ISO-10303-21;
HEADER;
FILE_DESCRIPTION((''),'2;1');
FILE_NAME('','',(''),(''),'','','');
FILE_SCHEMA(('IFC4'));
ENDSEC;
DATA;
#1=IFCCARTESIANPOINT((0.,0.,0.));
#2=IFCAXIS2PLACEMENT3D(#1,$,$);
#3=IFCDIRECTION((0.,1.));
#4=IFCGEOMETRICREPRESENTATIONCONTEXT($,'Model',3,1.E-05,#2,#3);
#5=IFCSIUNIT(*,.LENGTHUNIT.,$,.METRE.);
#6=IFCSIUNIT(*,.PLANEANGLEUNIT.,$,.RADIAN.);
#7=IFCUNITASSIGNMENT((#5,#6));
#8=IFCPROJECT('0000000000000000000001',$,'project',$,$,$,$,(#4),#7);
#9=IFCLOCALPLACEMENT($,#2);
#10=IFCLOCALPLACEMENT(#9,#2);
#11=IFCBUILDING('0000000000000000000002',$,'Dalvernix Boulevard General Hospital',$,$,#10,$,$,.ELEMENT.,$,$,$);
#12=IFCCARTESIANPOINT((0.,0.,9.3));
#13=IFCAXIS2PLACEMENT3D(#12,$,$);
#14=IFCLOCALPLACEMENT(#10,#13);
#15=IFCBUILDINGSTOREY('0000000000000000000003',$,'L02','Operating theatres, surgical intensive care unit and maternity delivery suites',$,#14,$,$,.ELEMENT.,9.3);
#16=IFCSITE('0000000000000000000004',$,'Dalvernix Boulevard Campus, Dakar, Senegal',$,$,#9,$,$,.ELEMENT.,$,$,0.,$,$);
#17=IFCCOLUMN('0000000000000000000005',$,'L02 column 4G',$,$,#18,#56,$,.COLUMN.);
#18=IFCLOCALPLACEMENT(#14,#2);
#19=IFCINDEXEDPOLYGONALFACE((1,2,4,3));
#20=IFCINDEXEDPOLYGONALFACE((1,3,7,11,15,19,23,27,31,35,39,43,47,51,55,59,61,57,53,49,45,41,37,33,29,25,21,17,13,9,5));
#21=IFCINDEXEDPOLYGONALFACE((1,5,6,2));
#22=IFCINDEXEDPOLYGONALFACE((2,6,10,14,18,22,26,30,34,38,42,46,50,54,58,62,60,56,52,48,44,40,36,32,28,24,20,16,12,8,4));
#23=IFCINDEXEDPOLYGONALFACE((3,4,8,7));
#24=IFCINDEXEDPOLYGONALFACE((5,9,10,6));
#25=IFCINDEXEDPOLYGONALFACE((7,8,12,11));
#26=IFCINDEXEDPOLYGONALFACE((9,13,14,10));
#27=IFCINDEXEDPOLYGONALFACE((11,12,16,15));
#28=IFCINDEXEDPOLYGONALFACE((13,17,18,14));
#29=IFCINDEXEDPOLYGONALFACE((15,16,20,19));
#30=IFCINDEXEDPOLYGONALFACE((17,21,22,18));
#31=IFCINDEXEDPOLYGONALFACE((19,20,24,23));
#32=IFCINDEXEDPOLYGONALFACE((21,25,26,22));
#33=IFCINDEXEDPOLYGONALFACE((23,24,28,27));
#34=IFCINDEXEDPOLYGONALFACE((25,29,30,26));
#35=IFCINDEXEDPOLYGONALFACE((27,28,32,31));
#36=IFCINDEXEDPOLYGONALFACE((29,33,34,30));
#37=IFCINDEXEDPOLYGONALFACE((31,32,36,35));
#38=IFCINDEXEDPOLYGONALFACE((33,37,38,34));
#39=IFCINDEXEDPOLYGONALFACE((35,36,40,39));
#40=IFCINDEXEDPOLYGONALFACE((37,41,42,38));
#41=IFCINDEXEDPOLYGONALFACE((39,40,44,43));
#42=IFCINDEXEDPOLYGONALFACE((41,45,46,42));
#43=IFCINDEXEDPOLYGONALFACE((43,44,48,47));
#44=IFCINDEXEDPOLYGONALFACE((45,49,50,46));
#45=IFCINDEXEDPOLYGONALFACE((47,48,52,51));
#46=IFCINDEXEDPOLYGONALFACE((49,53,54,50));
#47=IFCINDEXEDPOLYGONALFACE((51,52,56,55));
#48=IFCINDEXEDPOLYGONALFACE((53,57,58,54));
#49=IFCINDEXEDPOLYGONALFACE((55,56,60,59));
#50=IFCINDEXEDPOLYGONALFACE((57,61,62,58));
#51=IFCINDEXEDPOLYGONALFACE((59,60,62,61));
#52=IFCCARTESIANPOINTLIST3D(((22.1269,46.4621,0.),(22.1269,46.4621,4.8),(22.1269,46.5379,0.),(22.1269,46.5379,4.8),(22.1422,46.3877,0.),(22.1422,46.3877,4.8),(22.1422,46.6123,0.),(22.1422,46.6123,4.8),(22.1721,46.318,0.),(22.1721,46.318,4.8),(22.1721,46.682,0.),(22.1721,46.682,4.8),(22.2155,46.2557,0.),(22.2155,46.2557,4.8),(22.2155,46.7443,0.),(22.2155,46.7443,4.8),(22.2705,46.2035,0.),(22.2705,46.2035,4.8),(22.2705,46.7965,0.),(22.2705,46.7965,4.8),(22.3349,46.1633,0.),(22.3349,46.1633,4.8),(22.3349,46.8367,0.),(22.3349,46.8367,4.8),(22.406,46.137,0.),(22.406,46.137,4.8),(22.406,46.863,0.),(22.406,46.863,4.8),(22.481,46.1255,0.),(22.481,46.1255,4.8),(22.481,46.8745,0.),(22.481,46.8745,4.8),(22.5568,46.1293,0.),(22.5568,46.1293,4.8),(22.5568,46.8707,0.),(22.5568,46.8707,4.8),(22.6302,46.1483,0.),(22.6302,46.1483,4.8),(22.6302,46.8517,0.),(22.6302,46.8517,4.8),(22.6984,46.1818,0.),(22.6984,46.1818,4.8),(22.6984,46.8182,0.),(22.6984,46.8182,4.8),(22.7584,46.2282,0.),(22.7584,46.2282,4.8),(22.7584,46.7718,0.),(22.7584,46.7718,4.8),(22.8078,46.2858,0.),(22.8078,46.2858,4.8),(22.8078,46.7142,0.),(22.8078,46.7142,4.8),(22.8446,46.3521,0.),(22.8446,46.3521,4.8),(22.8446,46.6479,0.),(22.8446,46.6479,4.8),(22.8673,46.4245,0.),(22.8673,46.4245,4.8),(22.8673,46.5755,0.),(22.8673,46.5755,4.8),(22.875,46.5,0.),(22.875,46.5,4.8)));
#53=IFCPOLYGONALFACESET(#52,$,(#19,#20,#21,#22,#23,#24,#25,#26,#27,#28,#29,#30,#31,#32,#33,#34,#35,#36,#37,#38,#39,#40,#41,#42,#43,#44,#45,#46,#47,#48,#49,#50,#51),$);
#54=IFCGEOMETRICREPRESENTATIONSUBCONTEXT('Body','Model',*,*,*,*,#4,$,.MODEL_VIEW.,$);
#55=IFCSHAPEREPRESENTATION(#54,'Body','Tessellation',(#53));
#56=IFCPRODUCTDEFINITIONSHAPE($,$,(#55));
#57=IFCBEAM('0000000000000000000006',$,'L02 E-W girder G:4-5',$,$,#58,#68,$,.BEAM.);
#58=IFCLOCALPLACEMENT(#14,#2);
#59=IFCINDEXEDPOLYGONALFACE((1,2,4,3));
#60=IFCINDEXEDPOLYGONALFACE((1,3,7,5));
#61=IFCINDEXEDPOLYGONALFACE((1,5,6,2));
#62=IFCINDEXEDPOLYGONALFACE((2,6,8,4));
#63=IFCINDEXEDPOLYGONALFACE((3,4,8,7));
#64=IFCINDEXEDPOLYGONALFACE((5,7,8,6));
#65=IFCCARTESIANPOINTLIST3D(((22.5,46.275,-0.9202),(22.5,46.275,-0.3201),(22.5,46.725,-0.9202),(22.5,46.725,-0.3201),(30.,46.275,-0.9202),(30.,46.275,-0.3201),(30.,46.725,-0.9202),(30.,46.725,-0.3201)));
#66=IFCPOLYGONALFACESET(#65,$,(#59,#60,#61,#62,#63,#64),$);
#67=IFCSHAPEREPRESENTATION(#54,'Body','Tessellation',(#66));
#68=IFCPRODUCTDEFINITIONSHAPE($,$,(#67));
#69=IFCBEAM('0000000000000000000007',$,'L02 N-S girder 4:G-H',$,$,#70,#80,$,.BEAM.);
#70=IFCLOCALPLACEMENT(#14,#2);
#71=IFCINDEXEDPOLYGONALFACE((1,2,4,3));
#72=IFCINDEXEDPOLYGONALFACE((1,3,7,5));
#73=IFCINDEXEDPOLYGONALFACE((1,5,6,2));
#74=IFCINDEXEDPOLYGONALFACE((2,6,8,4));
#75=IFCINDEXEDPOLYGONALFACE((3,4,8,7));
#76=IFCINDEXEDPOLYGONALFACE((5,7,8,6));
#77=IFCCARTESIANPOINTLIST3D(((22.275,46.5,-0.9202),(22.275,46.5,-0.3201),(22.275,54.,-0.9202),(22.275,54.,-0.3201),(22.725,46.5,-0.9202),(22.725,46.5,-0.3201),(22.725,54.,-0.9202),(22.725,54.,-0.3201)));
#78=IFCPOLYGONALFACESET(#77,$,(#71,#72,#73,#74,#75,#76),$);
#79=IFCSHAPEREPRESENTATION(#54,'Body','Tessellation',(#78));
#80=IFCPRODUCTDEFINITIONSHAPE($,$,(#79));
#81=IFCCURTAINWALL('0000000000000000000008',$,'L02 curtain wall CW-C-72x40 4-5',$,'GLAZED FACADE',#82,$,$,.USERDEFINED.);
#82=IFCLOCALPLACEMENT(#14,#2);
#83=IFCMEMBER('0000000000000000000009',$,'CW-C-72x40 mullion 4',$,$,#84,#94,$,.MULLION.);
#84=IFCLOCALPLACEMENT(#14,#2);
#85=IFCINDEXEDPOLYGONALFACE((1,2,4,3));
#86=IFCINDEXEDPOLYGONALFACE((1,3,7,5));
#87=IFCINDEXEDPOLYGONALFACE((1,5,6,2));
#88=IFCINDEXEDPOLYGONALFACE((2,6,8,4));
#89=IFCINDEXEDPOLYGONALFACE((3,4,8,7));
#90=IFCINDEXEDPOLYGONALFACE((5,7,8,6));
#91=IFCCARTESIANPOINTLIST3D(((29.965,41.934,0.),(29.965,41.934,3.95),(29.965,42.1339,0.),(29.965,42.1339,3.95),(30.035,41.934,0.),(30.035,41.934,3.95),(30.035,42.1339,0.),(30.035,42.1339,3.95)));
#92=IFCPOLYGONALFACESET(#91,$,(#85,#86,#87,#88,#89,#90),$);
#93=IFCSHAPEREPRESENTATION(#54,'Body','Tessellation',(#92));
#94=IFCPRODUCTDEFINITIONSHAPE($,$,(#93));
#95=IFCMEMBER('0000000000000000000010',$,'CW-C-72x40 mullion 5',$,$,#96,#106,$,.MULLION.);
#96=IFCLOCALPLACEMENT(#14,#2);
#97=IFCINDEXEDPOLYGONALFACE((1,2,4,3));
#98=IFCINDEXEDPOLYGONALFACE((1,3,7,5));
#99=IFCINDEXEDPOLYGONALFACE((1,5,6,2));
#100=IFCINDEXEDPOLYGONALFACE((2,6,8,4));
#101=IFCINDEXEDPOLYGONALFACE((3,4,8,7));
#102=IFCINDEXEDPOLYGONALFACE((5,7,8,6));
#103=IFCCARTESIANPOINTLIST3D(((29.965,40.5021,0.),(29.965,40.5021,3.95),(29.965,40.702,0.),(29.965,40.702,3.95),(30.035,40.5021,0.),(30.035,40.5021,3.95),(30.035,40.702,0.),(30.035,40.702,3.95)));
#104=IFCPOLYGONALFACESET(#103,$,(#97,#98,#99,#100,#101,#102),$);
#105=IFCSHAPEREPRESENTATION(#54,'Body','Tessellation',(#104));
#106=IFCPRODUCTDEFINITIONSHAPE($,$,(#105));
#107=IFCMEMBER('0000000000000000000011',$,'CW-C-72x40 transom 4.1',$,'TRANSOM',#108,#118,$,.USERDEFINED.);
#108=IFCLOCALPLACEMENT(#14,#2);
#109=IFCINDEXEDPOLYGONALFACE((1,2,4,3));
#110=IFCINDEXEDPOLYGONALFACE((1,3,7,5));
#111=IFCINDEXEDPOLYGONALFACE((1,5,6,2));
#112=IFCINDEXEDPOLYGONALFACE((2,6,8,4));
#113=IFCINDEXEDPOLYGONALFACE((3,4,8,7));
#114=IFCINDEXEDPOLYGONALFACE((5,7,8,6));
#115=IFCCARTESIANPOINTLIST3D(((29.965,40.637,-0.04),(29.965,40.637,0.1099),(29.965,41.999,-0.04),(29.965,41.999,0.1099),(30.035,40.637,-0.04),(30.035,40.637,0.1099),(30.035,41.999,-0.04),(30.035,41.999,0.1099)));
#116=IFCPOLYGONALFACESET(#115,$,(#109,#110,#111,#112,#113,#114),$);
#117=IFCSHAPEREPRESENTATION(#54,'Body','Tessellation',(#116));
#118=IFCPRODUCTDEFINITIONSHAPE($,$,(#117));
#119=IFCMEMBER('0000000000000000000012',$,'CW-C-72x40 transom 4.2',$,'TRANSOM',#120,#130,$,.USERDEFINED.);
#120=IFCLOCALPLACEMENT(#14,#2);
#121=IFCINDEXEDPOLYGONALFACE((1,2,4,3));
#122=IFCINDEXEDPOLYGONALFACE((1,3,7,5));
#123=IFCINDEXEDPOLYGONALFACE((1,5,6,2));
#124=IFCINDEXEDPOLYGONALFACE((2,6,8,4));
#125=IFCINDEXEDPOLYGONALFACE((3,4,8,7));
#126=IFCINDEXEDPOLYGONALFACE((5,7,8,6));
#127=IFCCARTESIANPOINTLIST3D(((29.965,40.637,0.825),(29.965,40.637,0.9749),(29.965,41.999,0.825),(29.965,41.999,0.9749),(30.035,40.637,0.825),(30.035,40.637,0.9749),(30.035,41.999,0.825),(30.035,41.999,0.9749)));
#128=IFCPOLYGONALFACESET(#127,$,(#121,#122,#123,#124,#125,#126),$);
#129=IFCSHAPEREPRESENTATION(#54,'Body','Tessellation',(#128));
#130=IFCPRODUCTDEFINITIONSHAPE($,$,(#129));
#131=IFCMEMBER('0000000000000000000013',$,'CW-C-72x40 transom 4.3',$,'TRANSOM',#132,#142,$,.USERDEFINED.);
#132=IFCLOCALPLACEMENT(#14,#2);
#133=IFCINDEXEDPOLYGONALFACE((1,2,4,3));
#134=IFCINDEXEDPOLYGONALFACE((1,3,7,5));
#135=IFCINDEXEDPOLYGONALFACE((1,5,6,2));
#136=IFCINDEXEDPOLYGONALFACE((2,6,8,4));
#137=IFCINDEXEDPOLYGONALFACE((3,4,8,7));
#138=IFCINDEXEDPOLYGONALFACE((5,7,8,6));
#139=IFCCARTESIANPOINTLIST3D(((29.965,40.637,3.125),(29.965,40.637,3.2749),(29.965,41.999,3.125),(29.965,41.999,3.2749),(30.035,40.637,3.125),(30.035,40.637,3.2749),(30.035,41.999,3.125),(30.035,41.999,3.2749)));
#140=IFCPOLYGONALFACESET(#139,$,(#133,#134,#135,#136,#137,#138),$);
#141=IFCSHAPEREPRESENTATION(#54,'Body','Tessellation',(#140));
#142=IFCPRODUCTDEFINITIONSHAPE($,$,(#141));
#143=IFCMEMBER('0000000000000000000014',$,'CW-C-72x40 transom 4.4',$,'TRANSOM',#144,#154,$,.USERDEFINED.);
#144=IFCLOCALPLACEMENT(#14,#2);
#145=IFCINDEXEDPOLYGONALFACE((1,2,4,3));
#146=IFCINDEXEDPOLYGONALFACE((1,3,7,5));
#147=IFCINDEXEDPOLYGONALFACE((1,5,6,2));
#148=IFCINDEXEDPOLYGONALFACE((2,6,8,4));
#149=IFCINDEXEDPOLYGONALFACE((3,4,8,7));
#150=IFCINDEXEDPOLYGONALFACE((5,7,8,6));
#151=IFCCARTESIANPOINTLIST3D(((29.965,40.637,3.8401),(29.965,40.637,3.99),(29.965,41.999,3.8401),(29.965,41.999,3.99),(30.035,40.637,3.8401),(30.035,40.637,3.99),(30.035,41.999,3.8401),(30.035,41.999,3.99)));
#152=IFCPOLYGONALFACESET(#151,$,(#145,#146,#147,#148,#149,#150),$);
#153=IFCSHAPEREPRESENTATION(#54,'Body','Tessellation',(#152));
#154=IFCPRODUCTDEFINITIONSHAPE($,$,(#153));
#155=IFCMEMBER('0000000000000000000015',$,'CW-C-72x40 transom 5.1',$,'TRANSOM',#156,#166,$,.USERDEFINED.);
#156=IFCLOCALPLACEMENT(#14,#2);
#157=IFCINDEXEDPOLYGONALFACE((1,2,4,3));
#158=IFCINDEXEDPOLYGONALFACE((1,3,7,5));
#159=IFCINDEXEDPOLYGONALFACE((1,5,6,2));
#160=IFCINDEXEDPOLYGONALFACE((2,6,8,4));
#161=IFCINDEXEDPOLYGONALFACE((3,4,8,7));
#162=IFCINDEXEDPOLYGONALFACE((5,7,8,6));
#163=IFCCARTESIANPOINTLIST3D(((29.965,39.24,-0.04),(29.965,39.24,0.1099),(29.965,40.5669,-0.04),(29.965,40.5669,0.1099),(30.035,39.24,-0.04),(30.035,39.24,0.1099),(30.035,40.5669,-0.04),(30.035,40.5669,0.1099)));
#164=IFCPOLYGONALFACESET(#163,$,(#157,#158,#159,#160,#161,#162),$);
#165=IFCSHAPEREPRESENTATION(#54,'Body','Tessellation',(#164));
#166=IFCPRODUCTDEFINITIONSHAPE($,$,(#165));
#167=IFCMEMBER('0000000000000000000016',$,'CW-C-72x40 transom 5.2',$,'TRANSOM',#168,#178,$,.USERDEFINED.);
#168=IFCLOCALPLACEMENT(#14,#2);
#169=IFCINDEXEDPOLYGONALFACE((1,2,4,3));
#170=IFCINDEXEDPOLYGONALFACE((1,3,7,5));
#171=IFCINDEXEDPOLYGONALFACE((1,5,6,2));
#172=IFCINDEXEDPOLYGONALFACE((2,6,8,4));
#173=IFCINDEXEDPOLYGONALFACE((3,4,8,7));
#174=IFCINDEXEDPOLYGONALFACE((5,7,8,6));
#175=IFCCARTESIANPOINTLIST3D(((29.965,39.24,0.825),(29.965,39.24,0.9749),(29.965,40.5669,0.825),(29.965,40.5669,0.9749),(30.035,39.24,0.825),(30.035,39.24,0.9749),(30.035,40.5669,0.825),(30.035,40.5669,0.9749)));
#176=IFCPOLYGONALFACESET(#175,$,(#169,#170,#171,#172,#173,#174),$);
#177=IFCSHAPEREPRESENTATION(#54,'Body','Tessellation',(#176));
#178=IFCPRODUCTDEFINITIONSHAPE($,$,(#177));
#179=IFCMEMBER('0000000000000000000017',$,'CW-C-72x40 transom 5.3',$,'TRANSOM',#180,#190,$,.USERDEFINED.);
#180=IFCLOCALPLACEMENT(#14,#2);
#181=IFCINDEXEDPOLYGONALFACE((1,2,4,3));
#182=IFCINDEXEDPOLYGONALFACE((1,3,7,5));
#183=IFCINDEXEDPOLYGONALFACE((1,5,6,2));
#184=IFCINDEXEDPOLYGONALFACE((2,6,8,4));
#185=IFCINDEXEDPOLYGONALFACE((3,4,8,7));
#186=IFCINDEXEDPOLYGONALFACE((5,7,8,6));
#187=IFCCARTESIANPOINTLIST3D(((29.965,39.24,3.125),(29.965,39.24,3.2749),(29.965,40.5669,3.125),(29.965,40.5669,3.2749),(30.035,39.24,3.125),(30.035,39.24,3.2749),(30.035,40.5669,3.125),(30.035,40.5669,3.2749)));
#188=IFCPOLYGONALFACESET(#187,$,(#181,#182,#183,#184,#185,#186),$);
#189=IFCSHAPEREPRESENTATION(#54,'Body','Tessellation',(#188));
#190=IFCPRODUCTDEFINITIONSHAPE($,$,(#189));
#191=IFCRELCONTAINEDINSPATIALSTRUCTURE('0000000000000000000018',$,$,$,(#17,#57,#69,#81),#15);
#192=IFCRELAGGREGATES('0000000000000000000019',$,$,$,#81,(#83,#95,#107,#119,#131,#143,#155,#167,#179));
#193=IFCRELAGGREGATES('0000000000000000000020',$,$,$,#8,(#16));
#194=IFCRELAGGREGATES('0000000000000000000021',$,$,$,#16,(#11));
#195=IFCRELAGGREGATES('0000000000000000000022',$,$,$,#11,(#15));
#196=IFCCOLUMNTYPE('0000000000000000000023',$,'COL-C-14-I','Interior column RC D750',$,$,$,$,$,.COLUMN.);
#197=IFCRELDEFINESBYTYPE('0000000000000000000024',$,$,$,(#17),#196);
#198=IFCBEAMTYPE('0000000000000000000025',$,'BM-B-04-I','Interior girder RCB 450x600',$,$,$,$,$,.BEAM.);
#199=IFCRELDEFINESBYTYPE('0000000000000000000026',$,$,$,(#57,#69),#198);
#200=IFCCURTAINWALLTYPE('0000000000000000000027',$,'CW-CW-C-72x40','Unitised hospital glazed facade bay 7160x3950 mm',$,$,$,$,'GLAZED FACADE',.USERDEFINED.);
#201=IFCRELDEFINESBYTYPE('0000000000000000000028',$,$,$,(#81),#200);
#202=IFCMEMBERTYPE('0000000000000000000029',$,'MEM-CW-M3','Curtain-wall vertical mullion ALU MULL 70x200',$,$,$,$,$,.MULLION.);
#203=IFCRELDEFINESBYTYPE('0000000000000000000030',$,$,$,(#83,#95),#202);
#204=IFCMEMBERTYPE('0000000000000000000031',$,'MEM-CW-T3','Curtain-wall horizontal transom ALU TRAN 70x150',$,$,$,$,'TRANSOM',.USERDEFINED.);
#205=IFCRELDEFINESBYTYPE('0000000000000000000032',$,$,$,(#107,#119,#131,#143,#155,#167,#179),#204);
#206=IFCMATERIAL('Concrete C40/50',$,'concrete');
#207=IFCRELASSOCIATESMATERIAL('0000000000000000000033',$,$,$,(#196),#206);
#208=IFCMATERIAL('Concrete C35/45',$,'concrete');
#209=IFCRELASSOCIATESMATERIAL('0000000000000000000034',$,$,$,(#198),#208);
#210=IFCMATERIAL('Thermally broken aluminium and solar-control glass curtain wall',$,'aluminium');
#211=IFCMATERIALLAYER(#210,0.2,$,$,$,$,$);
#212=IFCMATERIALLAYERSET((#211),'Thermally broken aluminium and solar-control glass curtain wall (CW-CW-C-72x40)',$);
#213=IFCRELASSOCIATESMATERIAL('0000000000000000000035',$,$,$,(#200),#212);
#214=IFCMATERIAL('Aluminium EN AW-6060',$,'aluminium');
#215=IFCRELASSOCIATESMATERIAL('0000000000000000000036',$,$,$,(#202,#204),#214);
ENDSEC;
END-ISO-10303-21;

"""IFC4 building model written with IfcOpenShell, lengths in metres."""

from ifc_helpers import new_model, si_unit, direction, frame, origin, origin_2d, place, context, subcontext, project, spatial, rectangle, circle, extrude, material, layer, layer_set, material_profile, profile_set, type_object, element, aggregate, save


model = new_model("IFC4")

# Units and contexts
model_context = context("Model", 3, precision=1e-05, world=origin(), true_north=direction((0.0, 1.0)))
body_context = subcontext(model_context, "Body", "Model", "MODEL_VIEW")
ifc_project = project(units=[si_unit("LENGTHUNIT", "METRE"), si_unit("PLANEANGLEUNIT", "RADIAN")], contexts=[model_context])

# Site, building, storey
site_placement = place(None, origin())
site = spatial("IfcSite", under=ifc_project, at=site_placement, Name="Dalvernix Boulevard Campus, Dakar, Senegal", CompositionType="ELEMENT", RefElevation=0.0)
building_placement = place(site_placement, origin())
building = spatial("IfcBuilding", under=site, at=building_placement, Name="Dalvernix Boulevard General Hospital", CompositionType="ELEMENT")
storey_placement = place(building_placement, frame((0.0, 0.0, 9.3)))
storey = spatial("IfcBuildingStorey", under=building, at=storey_placement, Name="L02", Description="Operating theatres, surgical intensive care unit and maternity delivery suites", CompositionType="ELEMENT", Elevation=9.3)

# Column
ifc_material_1 = material(Name="Concrete C40/50", Category="concrete")
ifc_material_profile_1 = material_profile(ifc_material_1, circle(Radius=0.375, at=origin_2d()), Name="RC D750")
ifc_profile_set_1 = profile_set([ifc_material_profile_1], Name="Concrete C40/50")
column_type = type_object("IfcColumnType", Name="COL-C-14-I", Description="Interior column RC D750", PredefinedType="COLUMN", material=ifc_profile_set_1)
column_placement = place(storey_placement, frame((22.5, 46.5, 0.0), z_axis=(0.0, 0.0, 1.0), x_axis=(1.0, 0.0, 0.0)))
element("IfcColumn", 1, at=column_placement, inside=storey, type_object=column_type, Name="L02 column 4G", PredefinedType="COLUMN", context=body_context, shape_type="SweptSolid", body=[
    extrude(circle(Radius=0.375, at=origin_2d()), origin(), (0.0, 0.0, 1.0), 4.8),
])

# Beams
ifc_material_2 = material(Name="Concrete C35/45", Category="concrete")
ifc_material_profile_2 = material_profile(ifc_material_2, rectangle(XDim=0.45, YDim=0.6001, at=origin_2d()), Name="RCB 450x600")
ifc_profile_set_2 = profile_set([ifc_material_profile_2], Name="Concrete C35/45")
beam_type = type_object("IfcBeamType", Name="BM-B-04-I", Description="Interior girder RCB 450x600", PredefinedType="BEAM", material=ifc_profile_set_2)
for number, where, z_axis, x_axis, name in (
    (2, (22.5, 46.5, -0.6201), (1.0, 0.0, 0.0), (0.0, 1.0, 0.0), "L02 E-W girder G:4-5"),
    (3, (22.5, 46.5, -0.6201), (0.0, 1.0, 0.0), (-1.0, 0.0, 0.0), "L02 N-S girder 4:G-H"),
):
    element("IfcBeam", number, at=place(storey_placement, frame(where, z_axis=z_axis, x_axis=x_axis)), inside=storey, type_object=beam_type, Name=name, PredefinedType="BEAM", context=body_context, shape_type="SweptSolid", body=[
        extrude(rectangle(XDim=0.45, YDim=0.6001, at=origin_2d()), origin(), (0.0, 0.0, 1.0), 7.5),
    ])

# Curtain wall, members
ifc_material_3 = material(Name="Thermally broken aluminium and solar-control glass curtain wall", Category="aluminium")
ifc_layer_1 = layer(ifc_material_3, 0.2)
ifc_layer_set_1 = layer_set([ifc_layer_1], Name="Thermally broken aluminium and solar-control glass curtain wall (CW-CW-C-72x40)")
curtain_wall_type = type_object("IfcCurtainWallType", Name="CW-CW-C-72x40", Description="Unitised hospital glazed facade bay 7160x3950 mm", ElementType="GLAZED FACADE", PredefinedType="USERDEFINED", material=ifc_layer_set_1)
curtain_wall_placement = place(storey_placement, origin())
curtain_wall = element("IfcCurtainWall", 4, at=curtain_wall_placement, inside=storey, type_object=curtain_wall_type, Name="L02 curtain wall CW-C-72x40 4-5", ObjectType="GLAZED FACADE", PredefinedType="USERDEFINED")
ifc_material_4 = material(Name="Aluminium EN AW-6060", Category="aluminium")
ifc_material_profile_3 = material_profile(ifc_material_4, rectangle(XDim=0.0701, YDim=0.2, at=origin_2d()), Name="ALU MULL 70x200")
ifc_profile_set_3 = profile_set([ifc_material_profile_3], Name="Aluminium EN AW-6060")
member_type_1 = type_object("IfcMemberType", Name="MEM-CW-M3", Description="Curtain-wall vertical mullion ALU MULL 70x200", PredefinedType="MULLION", material=ifc_profile_set_3)
member_1_placement = place(storey_placement, frame((30.0, 42.0339, 0.0), z_axis=(0.0, 0.0, 1.0), x_axis=(1.0, 0.0, 0.0)))
member_1 = element("IfcMember", 5, at=member_1_placement, type_object=member_type_1, Name="CW-C-72x40 mullion 4", PredefinedType="MULLION", context=body_context, shape_type="SweptSolid", body=[
    extrude(rectangle(XDim=0.0701, YDim=0.2, at=origin_2d()), origin(), (0.0, 0.0, 1.0), 3.95),
])
member_2_placement = place(storey_placement, frame((30.0, 40.6021, 0.0), z_axis=(0.0, 0.0, 1.0), x_axis=(1.0, 0.0, 0.0)))
member_2 = element("IfcMember", 6, at=member_2_placement, type_object=member_type_1, Name="CW-C-72x40 mullion 5", PredefinedType="MULLION", context=body_context, shape_type="SweptSolid", body=[
    extrude(rectangle(XDim=0.0701, YDim=0.2, at=origin_2d()), origin(), (0.0, 0.0, 1.0), 3.95),
])
ifc_material_profile_4 = material_profile(ifc_material_4, rectangle(XDim=0.0701, YDim=0.1499, at=origin_2d()), Name="ALU TRAN 70x150")
ifc_profile_set_4 = profile_set([ifc_material_profile_4], Name="Aluminium EN AW-6060")
member_type_2 = type_object("IfcMemberType", Name="MEM-CW-T3", Description="Curtain-wall horizontal transom ALU TRAN 70x150", ElementType="TRANSOM", PredefinedType="USERDEFINED", material=ifc_profile_set_4)
member_3_placement = place(storey_placement, frame((30.0, 41.999, 0.0349), z_axis=(0.0, -1.0, 0.0), x_axis=(1.0, 0.0, 0.0)))
member_3 = element("IfcMember", 7, at=member_3_placement, type_object=member_type_2, Name="CW-C-72x40 transom 4.1", ObjectType="TRANSOM", PredefinedType="USERDEFINED", context=body_context, shape_type="SweptSolid", body=[
    extrude(rectangle(XDim=0.0701, YDim=0.1499, at=origin_2d()), origin(), (0.0, 0.0, 1.0), 1.3621),
])
member_4_placement = place(storey_placement, frame((30.0, 41.999, 0.8999), z_axis=(0.0, -1.0, 0.0), x_axis=(1.0, 0.0, 0.0)))
member_4 = element("IfcMember", 8, at=member_4_placement, type_object=member_type_2, Name="CW-C-72x40 transom 4.2", ObjectType="TRANSOM", PredefinedType="USERDEFINED", context=body_context, shape_type="SweptSolid", body=[
    extrude(rectangle(XDim=0.0701, YDim=0.1499, at=origin_2d()), origin(), (0.0, 0.0, 1.0), 1.3621),
])
member_5_placement = place(storey_placement, frame((30.0, 41.999, 3.2), z_axis=(0.0, -1.0, 0.0), x_axis=(1.0, 0.0, 0.0)))
member_5 = element("IfcMember", 9, at=member_5_placement, type_object=member_type_2, Name="CW-C-72x40 transom 4.3", ObjectType="TRANSOM", PredefinedType="USERDEFINED", context=body_context, shape_type="SweptSolid", body=[
    extrude(rectangle(XDim=0.0701, YDim=0.1499, at=origin_2d()), origin(), (0.0, 0.0, 1.0), 1.3621),
])
member_6_placement = place(storey_placement, frame((30.0, 41.999, 3.915), z_axis=(0.0, -1.0, 0.0), x_axis=(1.0, 0.0, 0.0)))
member_6 = element("IfcMember", 10, at=member_6_placement, type_object=member_type_2, Name="CW-C-72x40 transom 4.4", ObjectType="TRANSOM", PredefinedType="USERDEFINED", context=body_context, shape_type="SweptSolid", body=[
    extrude(rectangle(XDim=0.0701, YDim=0.1499, at=origin_2d()), origin(), (0.0, 0.0, 1.0), 1.3621),
])
member_7_placement = place(storey_placement, frame((30.0, 40.5669, 0.0349), z_axis=(0.0, -1.0, 0.0), x_axis=(1.0, 0.0, 0.0)))
member_7 = element("IfcMember", 11, at=member_7_placement, type_object=member_type_2, Name="CW-C-72x40 transom 5.1", ObjectType="TRANSOM", PredefinedType="USERDEFINED", context=body_context, shape_type="SweptSolid", body=[
    extrude(rectangle(XDim=0.0701, YDim=0.1499, at=origin_2d()), origin(), (0.0, 0.0, 1.0), 1.3269),
])
member_8_placement = place(storey_placement, frame((30.0, 40.5669, 0.8999), z_axis=(0.0, -1.0, 0.0), x_axis=(1.0, 0.0, 0.0)))
member_8 = element("IfcMember", 12, at=member_8_placement, type_object=member_type_2, Name="CW-C-72x40 transom 5.2", ObjectType="TRANSOM", PredefinedType="USERDEFINED", context=body_context, shape_type="SweptSolid", body=[
    extrude(rectangle(XDim=0.0701, YDim=0.1499, at=origin_2d()), origin(), (0.0, 0.0, 1.0), 1.3269),
])
member_9_placement = place(storey_placement, frame((30.0, 40.5669, 3.2), z_axis=(0.0, -1.0, 0.0), x_axis=(1.0, 0.0, 0.0)))
member_9 = element("IfcMember", 13, at=member_9_placement, type_object=member_type_2, Name="CW-C-72x40 transom 5.3", ObjectType="TRANSOM", PredefinedType="USERDEFINED", context=body_context, shape_type="SweptSolid", body=[
    extrude(rectangle(XDim=0.0701, YDim=0.1499, at=origin_2d()), origin(), (0.0, 0.0, 1.0), 1.3269),
])
aggregate(curtain_wall, [member_1, member_2, member_3, member_4, member_5, member_6, member_7, member_8, member_9])

save(model, "model.ifc")
